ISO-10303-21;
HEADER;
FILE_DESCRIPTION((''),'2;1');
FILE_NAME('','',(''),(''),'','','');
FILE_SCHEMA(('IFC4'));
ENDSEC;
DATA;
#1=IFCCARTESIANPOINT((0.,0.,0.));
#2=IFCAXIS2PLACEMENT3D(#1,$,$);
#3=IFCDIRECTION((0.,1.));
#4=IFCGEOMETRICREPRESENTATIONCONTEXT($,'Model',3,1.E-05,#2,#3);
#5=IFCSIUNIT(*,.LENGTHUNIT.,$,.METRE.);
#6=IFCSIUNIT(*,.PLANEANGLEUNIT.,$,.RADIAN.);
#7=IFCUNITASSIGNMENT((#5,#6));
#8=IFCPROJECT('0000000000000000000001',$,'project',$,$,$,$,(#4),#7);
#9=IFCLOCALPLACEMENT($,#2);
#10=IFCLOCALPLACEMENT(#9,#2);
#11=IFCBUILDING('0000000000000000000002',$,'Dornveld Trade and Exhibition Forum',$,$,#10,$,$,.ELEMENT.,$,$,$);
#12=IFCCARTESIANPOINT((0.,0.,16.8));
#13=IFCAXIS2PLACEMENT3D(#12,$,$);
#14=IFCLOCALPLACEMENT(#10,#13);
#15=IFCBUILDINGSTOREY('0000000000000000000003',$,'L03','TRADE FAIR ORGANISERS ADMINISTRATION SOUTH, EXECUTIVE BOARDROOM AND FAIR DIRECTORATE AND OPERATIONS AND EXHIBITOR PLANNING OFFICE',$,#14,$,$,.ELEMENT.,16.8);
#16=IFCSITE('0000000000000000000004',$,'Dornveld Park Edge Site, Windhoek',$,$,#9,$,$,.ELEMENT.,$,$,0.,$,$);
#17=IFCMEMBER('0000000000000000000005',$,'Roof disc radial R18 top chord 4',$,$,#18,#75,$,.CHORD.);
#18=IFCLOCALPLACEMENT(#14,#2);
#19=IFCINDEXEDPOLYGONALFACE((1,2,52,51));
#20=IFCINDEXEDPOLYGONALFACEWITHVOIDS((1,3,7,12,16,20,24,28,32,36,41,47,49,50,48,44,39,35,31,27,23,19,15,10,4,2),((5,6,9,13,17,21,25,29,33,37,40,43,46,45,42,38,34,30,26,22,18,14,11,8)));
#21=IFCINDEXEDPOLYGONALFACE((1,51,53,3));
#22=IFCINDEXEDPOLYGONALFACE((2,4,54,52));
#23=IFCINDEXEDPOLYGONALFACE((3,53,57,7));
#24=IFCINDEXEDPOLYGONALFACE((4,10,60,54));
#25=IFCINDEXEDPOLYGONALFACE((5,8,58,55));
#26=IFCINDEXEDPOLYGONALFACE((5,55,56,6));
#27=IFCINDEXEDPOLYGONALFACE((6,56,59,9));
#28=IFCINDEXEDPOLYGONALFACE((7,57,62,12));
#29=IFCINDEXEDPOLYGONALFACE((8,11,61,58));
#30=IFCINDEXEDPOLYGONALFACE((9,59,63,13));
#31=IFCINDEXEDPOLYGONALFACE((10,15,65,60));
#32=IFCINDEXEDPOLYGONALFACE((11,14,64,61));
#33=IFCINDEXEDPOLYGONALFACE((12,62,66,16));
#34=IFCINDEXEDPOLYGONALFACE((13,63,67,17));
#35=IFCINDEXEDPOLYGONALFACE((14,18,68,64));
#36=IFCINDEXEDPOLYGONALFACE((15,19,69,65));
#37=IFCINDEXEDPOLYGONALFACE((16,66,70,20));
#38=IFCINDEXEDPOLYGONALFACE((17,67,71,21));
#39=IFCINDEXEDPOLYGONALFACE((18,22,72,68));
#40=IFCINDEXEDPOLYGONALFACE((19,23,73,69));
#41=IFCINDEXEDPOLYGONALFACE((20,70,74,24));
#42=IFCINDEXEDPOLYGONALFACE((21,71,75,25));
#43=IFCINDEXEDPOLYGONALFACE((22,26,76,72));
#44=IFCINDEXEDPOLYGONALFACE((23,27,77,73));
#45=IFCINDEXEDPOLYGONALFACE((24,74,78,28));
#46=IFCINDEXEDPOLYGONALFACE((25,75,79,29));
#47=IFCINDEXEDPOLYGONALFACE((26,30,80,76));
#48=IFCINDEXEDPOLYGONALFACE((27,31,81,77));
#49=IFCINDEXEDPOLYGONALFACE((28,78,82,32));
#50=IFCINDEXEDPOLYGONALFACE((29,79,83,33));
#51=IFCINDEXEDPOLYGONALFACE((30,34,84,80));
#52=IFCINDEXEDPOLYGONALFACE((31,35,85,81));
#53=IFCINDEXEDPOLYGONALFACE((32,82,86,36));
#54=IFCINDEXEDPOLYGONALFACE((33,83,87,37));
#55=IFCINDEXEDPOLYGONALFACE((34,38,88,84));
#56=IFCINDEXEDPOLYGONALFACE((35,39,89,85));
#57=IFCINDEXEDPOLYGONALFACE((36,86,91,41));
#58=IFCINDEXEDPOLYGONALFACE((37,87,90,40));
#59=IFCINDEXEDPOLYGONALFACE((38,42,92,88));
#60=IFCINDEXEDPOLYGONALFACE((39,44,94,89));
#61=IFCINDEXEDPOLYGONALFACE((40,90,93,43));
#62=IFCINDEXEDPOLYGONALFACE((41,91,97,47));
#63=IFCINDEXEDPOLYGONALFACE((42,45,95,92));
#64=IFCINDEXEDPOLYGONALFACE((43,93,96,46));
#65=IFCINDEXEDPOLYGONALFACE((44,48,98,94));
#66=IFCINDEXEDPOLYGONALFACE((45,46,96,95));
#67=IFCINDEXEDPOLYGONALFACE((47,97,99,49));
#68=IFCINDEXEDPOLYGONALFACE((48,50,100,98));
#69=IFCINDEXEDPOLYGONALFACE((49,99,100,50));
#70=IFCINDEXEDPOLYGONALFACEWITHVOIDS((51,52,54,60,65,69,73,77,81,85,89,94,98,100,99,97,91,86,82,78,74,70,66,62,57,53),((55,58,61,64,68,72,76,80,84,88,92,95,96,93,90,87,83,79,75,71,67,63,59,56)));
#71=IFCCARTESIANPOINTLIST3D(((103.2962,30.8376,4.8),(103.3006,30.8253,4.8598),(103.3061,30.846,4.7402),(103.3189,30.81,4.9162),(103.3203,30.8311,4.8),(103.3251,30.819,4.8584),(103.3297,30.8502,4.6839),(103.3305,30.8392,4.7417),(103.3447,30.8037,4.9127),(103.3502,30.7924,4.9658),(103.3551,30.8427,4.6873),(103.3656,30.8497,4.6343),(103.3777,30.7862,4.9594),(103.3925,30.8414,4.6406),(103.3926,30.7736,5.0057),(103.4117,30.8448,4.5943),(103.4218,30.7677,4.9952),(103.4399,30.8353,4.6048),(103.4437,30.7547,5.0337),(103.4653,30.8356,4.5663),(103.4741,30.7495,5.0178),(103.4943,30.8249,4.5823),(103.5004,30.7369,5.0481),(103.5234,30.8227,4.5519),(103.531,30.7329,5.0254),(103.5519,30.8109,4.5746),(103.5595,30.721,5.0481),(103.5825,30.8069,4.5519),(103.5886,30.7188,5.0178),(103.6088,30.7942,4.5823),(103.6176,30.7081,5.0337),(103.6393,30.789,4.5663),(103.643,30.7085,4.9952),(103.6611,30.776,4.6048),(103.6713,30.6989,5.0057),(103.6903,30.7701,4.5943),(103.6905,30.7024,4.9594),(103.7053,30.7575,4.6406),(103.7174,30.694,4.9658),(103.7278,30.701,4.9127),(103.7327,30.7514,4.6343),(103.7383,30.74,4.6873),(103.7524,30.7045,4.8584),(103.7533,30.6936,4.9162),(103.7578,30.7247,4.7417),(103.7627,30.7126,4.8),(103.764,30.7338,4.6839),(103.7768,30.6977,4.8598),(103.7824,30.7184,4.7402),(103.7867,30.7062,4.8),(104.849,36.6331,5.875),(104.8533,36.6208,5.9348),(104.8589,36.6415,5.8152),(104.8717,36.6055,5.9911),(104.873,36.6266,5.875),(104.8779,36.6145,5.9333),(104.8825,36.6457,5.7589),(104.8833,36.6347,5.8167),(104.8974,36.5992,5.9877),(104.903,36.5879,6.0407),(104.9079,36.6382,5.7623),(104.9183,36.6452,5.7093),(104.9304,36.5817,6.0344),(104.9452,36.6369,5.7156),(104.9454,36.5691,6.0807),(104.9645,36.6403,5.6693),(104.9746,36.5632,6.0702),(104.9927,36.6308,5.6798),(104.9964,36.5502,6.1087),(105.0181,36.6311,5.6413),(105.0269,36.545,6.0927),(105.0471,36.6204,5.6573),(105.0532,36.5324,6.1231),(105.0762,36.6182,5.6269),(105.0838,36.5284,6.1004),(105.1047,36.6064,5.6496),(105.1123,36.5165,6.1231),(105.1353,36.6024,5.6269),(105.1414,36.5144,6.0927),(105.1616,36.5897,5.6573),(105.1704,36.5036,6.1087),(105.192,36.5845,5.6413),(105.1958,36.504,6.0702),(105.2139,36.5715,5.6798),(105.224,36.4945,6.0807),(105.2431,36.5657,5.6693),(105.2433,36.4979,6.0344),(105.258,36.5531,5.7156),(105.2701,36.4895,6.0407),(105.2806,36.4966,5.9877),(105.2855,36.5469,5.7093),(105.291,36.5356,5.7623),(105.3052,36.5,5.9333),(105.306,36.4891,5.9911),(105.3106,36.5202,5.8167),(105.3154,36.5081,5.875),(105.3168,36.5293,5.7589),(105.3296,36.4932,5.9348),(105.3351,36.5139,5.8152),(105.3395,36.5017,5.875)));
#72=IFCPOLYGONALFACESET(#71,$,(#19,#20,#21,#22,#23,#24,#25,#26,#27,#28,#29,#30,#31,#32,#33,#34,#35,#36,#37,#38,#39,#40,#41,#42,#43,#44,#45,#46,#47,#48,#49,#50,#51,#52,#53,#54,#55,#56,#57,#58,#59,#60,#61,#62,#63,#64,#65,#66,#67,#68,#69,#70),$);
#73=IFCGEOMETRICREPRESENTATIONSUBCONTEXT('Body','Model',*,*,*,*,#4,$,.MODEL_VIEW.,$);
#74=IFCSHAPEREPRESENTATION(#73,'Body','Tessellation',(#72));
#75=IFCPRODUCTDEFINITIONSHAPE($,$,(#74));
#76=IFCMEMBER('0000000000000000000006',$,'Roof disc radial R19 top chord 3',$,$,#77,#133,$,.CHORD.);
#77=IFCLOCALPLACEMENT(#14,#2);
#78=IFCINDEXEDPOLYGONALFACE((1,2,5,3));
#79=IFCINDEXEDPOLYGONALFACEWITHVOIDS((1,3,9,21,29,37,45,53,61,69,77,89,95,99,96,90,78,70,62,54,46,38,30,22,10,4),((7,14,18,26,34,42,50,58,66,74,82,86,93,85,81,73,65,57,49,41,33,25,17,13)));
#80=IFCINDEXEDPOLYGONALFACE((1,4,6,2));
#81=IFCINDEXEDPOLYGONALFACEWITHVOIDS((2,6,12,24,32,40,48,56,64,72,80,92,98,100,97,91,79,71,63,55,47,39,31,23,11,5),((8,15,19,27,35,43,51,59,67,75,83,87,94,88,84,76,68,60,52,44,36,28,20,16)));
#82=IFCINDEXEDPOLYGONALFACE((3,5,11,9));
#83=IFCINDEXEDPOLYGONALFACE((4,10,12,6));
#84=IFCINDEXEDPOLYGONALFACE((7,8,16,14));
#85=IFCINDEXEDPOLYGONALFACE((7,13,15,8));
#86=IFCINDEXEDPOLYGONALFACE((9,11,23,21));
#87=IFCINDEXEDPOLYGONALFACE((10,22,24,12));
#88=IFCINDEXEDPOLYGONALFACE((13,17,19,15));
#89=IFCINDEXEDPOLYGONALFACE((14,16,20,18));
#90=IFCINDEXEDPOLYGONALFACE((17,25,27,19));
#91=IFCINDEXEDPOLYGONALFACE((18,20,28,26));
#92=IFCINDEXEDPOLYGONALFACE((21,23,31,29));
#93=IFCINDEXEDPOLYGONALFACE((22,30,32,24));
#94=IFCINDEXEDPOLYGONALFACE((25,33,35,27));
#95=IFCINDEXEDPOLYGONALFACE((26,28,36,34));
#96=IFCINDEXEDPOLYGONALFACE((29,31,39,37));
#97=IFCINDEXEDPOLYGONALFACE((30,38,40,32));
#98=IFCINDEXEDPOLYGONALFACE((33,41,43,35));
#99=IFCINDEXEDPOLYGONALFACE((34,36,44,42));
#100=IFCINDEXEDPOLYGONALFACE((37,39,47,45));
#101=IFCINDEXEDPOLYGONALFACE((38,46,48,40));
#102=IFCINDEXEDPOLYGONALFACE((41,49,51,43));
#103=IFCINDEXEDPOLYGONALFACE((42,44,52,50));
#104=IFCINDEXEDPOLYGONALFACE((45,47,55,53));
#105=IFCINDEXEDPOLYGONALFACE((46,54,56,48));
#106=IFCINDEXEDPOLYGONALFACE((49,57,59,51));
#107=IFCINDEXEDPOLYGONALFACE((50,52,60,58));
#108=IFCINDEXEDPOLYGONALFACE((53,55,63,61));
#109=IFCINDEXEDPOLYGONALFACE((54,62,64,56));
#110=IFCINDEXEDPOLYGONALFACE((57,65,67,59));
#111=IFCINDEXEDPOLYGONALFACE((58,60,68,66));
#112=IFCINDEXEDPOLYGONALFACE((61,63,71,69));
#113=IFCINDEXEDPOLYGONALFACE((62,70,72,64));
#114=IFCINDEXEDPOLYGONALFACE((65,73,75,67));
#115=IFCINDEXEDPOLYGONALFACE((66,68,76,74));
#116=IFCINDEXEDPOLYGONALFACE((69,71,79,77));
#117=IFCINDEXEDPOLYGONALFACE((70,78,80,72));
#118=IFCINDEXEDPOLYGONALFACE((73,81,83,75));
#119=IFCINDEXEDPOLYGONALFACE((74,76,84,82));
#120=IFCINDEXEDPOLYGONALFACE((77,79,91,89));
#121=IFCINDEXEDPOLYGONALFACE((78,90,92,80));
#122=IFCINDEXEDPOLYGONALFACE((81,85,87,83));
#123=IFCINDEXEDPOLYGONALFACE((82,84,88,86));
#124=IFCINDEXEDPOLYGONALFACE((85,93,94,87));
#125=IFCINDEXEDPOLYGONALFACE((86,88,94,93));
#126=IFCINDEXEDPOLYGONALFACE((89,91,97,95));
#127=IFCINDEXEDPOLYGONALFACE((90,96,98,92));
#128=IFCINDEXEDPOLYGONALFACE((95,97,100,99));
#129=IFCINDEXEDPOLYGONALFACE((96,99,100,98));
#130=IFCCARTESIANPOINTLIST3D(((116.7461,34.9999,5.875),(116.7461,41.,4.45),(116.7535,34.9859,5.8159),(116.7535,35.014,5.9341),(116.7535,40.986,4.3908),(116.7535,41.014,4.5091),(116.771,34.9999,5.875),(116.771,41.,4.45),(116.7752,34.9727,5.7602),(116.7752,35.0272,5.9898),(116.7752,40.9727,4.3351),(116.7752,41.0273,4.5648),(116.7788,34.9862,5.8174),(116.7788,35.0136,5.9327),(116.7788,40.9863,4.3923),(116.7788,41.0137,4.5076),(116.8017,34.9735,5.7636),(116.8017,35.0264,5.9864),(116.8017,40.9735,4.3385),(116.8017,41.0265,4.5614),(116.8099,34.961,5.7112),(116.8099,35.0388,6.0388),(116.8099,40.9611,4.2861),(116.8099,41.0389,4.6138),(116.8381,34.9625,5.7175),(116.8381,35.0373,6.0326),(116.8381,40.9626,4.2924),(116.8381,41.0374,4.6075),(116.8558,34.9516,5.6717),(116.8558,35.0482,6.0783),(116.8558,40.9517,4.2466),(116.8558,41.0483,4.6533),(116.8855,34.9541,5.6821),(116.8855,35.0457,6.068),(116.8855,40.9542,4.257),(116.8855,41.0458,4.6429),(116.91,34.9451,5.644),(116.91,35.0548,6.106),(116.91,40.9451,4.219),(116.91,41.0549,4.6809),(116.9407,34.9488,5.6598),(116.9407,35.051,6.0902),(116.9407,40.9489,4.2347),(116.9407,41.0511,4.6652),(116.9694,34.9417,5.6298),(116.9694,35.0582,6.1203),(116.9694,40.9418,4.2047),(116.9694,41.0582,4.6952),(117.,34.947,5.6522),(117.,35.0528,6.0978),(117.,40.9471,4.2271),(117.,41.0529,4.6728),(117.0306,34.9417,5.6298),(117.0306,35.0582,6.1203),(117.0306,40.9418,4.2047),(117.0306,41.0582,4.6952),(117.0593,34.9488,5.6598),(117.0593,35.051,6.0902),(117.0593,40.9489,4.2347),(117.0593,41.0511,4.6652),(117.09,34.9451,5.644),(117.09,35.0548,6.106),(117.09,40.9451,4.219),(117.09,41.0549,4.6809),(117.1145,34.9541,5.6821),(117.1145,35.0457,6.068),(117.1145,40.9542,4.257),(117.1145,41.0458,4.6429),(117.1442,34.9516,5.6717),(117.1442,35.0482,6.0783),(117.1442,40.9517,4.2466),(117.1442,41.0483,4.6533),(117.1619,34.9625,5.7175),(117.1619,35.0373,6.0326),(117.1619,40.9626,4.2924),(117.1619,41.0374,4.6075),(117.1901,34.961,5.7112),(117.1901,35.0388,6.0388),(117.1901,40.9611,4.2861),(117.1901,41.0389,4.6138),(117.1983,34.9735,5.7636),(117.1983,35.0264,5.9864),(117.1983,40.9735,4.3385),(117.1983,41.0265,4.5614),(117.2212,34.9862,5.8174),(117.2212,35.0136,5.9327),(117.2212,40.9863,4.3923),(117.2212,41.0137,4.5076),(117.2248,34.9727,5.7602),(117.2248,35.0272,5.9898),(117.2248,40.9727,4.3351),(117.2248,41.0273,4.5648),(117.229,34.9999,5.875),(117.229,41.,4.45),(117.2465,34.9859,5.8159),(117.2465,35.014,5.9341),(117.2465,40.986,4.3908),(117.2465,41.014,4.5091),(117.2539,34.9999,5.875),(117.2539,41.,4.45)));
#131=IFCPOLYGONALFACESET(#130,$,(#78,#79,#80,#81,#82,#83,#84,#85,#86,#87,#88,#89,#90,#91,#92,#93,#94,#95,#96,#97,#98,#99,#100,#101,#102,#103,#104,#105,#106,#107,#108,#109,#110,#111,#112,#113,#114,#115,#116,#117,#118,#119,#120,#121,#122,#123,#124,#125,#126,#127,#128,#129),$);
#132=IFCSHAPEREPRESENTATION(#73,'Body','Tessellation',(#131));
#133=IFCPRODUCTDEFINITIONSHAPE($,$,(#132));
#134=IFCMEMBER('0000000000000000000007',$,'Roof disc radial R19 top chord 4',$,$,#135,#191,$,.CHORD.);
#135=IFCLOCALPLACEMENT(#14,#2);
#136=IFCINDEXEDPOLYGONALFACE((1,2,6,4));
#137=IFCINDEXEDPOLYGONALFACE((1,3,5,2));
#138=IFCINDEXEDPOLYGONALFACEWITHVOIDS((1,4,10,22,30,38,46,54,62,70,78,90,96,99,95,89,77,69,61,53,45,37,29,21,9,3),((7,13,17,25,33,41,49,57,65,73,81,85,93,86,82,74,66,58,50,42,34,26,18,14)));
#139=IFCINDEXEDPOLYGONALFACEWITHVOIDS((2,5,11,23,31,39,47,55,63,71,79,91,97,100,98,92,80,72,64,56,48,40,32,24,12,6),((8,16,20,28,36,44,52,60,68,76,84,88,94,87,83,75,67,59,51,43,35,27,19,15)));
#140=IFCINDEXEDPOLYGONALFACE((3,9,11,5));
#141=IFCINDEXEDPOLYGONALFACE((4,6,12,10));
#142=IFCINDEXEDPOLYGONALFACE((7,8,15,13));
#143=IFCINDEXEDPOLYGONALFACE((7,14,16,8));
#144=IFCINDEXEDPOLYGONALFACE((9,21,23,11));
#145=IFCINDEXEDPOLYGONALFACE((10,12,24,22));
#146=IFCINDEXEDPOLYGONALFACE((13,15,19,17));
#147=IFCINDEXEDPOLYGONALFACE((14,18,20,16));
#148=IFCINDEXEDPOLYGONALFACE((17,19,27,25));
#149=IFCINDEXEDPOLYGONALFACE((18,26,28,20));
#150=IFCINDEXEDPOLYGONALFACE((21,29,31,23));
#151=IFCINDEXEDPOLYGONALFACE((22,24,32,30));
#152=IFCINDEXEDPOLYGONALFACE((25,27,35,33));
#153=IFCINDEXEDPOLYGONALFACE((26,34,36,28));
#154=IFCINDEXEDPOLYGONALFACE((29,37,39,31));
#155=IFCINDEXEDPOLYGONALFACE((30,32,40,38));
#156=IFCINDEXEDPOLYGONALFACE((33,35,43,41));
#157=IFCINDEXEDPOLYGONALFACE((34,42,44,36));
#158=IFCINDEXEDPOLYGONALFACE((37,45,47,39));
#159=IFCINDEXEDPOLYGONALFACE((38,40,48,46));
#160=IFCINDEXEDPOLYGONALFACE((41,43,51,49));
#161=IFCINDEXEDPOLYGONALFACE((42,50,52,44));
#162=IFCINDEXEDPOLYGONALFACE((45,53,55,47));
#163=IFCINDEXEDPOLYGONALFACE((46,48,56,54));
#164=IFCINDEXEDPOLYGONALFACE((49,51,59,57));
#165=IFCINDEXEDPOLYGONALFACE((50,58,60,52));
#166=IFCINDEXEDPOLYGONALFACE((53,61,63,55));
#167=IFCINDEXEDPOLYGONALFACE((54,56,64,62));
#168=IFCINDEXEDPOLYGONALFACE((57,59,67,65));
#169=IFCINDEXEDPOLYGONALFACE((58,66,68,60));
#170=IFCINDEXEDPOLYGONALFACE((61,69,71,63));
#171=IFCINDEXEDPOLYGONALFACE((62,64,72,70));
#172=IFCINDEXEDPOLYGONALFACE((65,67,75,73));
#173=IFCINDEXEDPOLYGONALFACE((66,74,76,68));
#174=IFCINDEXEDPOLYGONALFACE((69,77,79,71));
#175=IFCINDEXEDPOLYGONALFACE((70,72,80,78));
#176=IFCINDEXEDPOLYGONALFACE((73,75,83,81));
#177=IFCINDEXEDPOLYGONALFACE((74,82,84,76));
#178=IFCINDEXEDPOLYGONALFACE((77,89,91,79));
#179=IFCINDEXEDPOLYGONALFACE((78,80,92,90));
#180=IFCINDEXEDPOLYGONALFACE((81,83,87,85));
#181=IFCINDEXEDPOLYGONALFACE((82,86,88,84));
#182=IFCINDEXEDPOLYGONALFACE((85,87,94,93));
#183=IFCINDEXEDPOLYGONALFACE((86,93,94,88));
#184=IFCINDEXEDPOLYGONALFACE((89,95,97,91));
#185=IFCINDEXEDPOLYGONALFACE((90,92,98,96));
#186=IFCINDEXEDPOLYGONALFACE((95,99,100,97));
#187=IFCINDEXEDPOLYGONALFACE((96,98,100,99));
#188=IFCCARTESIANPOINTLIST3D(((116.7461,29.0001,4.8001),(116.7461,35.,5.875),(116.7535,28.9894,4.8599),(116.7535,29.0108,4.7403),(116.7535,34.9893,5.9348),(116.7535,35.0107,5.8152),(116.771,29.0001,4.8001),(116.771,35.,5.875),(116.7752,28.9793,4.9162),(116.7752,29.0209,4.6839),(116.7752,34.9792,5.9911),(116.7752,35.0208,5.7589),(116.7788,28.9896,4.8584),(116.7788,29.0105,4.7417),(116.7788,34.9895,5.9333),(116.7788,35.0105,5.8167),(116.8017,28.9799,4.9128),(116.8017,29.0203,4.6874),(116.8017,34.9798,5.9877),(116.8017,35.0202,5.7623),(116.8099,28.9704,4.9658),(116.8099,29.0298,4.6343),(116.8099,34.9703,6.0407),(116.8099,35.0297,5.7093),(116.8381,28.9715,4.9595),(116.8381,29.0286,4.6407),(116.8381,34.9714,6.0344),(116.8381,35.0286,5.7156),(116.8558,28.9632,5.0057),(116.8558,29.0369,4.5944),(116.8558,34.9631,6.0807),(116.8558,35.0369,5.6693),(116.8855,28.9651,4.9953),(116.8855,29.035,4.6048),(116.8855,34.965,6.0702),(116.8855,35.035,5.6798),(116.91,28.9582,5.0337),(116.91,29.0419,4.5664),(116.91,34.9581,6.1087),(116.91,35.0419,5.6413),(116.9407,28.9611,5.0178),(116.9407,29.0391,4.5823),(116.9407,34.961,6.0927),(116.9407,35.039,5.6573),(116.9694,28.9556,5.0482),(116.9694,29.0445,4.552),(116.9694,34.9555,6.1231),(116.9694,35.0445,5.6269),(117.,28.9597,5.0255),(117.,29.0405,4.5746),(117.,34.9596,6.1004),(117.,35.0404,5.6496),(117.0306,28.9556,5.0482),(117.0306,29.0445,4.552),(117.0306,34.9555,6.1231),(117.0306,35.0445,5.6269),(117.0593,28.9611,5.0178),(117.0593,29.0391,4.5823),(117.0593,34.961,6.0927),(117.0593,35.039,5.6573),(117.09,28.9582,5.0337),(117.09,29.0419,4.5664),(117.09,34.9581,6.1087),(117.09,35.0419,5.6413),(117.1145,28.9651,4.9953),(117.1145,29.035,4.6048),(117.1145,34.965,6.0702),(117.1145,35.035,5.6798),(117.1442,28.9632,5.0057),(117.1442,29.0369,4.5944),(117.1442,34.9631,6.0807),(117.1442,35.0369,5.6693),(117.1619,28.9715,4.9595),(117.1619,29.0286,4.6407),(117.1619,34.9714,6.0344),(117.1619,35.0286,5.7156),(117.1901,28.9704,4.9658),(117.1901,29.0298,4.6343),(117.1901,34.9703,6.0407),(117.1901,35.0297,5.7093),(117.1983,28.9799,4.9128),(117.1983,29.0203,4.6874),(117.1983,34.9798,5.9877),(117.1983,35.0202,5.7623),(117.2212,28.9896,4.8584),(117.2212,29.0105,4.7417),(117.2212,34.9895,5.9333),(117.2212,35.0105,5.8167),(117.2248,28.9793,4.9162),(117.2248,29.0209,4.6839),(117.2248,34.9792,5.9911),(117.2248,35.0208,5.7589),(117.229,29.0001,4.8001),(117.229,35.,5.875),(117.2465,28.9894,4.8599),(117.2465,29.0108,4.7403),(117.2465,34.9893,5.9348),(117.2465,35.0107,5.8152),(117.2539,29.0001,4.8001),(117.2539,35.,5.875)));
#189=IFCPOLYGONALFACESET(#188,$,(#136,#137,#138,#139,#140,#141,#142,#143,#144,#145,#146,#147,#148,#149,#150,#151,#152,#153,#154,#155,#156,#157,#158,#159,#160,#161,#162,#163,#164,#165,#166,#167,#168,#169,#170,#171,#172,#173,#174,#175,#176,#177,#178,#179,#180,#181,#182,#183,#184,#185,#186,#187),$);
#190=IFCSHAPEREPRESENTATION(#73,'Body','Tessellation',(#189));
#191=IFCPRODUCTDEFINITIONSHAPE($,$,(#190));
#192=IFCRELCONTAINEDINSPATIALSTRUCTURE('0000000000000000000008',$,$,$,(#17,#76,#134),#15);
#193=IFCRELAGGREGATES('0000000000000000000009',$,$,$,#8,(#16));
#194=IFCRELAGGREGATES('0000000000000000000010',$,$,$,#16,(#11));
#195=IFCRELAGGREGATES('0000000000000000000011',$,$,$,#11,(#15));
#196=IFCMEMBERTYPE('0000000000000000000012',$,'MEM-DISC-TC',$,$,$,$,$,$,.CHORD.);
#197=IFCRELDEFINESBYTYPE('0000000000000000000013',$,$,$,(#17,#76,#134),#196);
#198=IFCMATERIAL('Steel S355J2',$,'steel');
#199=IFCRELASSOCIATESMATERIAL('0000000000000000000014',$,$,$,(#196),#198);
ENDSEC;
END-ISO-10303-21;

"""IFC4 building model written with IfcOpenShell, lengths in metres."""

from ifc_helpers import new_model, si_unit, direction, frame, origin, origin_2d, place, context, subcontext, project, spatial, hollow_circle, extrude, material, material_profile, profile_set, type_object, element, save


model = new_model("IFC4")

# Units and contexts
model_context = context("Model", 3, precision=1e-05, world=origin(), true_north=direction((0.0, 1.0)))
body_context = subcontext(model_context, "Body", "Model", "MODEL_VIEW")
ifc_project = project(units=[si_unit("LENGTHUNIT", "METRE"), si_unit("PLANEANGLEUNIT", "RADIAN")], contexts=[model_context])

# Site, building, storey
site_placement = place(None, origin())
site = spatial("IfcSite", under=ifc_project, at=site_placement, Name="Dornveld Park Edge Site, Windhoek", CompositionType="ELEMENT", RefElevation=0.0)
building_placement = place(site_placement, origin())
building = spatial("IfcBuilding", under=site, at=building_placement, Name="Dornveld Trade and Exhibition Forum", CompositionType="ELEMENT")
storey_placement = place(building_placement, frame((0.0, 0.0, 16.8)))
storey = spatial("IfcBuildingStorey", under=building, at=storey_placement, Name="L03", Description="TRADE FAIR ORGANISERS ADMINISTRATION SOUTH, EXECUTIVE BOARDROOM AND FAIR DIRECTORATE AND OPERATIONS AND EXHIBITOR PLANNING OFFICE", CompositionType="ELEMENT", Elevation=16.8)

# Members
ifc_material_1 = material(Name="Steel S355J2", Category="steel")
ifc_material_profile_1 = material_profile(ifc_material_1, hollow_circle(Radius=0.2539, WallThickness=0.0249, at=origin_2d()), Name="CHS 508x25")
ifc_profile_set_1 = profile_set([ifc_material_profile_1], Name="Steel S355J2")
member_type_1 = type_object("IfcMemberType", Name="MEM-DISC-TC", PredefinedType="CHORD", material=ifc_profile_set_1)
member_1_placement = place(storey_placement, frame((105.0942, 36.5674, 5.875), z_axis=(-0.254741, -0.950792, -0.176356), x_axis=(0.965932, -0.258797, 0.0)))
element("IfcMember", 1, at=member_1_placement, inside=storey, type_object=member_type_1, Name="Roof disc radial R18 top chord 4", PredefinedType="CHORD", context=body_context, shape_type="SweptSolid", body=[
    extrude(hollow_circle(Radius=0.2539, WallThickness=0.0249, at=origin_2d()), origin(), (0.0, 0.0, 1.0), 6.0955),
])
member_2_placement = place(storey_placement, frame((117.0, 41.0, 4.45), z_axis=(0.0, -0.972935, 0.23108), x_axis=(1.0, 0.0, 0.0)))
element("IfcMember", 2, at=member_2_placement, inside=storey, type_object=member_type_1, Name="Roof disc radial R19 top chord 3", PredefinedType="CHORD", context=body_context, shape_type="SweptSolid", body=[
    extrude(hollow_circle(Radius=0.2539, WallThickness=0.0249, at=origin_2d()), origin(), (0.0, 0.0, 1.0), 6.167),
])
member_3_placement = place(storey_placement, frame((117.0, 35.0, 5.875), z_axis=(0.0, -0.984327, -0.176351), x_axis=(1.0, 0.0, 0.0)))
element("IfcMember", 3, at=member_3_placement, inside=storey, type_object=member_type_1, Name="Roof disc radial R19 top chord 4", PredefinedType="CHORD", context=body_context, shape_type="SweptSolid", body=[
    extrude(hollow_circle(Radius=0.2539, WallThickness=0.0249, at=origin_2d()), origin(), (0.0, 0.0, 1.0), 6.0955),
])

save(model, "model.ifc")
